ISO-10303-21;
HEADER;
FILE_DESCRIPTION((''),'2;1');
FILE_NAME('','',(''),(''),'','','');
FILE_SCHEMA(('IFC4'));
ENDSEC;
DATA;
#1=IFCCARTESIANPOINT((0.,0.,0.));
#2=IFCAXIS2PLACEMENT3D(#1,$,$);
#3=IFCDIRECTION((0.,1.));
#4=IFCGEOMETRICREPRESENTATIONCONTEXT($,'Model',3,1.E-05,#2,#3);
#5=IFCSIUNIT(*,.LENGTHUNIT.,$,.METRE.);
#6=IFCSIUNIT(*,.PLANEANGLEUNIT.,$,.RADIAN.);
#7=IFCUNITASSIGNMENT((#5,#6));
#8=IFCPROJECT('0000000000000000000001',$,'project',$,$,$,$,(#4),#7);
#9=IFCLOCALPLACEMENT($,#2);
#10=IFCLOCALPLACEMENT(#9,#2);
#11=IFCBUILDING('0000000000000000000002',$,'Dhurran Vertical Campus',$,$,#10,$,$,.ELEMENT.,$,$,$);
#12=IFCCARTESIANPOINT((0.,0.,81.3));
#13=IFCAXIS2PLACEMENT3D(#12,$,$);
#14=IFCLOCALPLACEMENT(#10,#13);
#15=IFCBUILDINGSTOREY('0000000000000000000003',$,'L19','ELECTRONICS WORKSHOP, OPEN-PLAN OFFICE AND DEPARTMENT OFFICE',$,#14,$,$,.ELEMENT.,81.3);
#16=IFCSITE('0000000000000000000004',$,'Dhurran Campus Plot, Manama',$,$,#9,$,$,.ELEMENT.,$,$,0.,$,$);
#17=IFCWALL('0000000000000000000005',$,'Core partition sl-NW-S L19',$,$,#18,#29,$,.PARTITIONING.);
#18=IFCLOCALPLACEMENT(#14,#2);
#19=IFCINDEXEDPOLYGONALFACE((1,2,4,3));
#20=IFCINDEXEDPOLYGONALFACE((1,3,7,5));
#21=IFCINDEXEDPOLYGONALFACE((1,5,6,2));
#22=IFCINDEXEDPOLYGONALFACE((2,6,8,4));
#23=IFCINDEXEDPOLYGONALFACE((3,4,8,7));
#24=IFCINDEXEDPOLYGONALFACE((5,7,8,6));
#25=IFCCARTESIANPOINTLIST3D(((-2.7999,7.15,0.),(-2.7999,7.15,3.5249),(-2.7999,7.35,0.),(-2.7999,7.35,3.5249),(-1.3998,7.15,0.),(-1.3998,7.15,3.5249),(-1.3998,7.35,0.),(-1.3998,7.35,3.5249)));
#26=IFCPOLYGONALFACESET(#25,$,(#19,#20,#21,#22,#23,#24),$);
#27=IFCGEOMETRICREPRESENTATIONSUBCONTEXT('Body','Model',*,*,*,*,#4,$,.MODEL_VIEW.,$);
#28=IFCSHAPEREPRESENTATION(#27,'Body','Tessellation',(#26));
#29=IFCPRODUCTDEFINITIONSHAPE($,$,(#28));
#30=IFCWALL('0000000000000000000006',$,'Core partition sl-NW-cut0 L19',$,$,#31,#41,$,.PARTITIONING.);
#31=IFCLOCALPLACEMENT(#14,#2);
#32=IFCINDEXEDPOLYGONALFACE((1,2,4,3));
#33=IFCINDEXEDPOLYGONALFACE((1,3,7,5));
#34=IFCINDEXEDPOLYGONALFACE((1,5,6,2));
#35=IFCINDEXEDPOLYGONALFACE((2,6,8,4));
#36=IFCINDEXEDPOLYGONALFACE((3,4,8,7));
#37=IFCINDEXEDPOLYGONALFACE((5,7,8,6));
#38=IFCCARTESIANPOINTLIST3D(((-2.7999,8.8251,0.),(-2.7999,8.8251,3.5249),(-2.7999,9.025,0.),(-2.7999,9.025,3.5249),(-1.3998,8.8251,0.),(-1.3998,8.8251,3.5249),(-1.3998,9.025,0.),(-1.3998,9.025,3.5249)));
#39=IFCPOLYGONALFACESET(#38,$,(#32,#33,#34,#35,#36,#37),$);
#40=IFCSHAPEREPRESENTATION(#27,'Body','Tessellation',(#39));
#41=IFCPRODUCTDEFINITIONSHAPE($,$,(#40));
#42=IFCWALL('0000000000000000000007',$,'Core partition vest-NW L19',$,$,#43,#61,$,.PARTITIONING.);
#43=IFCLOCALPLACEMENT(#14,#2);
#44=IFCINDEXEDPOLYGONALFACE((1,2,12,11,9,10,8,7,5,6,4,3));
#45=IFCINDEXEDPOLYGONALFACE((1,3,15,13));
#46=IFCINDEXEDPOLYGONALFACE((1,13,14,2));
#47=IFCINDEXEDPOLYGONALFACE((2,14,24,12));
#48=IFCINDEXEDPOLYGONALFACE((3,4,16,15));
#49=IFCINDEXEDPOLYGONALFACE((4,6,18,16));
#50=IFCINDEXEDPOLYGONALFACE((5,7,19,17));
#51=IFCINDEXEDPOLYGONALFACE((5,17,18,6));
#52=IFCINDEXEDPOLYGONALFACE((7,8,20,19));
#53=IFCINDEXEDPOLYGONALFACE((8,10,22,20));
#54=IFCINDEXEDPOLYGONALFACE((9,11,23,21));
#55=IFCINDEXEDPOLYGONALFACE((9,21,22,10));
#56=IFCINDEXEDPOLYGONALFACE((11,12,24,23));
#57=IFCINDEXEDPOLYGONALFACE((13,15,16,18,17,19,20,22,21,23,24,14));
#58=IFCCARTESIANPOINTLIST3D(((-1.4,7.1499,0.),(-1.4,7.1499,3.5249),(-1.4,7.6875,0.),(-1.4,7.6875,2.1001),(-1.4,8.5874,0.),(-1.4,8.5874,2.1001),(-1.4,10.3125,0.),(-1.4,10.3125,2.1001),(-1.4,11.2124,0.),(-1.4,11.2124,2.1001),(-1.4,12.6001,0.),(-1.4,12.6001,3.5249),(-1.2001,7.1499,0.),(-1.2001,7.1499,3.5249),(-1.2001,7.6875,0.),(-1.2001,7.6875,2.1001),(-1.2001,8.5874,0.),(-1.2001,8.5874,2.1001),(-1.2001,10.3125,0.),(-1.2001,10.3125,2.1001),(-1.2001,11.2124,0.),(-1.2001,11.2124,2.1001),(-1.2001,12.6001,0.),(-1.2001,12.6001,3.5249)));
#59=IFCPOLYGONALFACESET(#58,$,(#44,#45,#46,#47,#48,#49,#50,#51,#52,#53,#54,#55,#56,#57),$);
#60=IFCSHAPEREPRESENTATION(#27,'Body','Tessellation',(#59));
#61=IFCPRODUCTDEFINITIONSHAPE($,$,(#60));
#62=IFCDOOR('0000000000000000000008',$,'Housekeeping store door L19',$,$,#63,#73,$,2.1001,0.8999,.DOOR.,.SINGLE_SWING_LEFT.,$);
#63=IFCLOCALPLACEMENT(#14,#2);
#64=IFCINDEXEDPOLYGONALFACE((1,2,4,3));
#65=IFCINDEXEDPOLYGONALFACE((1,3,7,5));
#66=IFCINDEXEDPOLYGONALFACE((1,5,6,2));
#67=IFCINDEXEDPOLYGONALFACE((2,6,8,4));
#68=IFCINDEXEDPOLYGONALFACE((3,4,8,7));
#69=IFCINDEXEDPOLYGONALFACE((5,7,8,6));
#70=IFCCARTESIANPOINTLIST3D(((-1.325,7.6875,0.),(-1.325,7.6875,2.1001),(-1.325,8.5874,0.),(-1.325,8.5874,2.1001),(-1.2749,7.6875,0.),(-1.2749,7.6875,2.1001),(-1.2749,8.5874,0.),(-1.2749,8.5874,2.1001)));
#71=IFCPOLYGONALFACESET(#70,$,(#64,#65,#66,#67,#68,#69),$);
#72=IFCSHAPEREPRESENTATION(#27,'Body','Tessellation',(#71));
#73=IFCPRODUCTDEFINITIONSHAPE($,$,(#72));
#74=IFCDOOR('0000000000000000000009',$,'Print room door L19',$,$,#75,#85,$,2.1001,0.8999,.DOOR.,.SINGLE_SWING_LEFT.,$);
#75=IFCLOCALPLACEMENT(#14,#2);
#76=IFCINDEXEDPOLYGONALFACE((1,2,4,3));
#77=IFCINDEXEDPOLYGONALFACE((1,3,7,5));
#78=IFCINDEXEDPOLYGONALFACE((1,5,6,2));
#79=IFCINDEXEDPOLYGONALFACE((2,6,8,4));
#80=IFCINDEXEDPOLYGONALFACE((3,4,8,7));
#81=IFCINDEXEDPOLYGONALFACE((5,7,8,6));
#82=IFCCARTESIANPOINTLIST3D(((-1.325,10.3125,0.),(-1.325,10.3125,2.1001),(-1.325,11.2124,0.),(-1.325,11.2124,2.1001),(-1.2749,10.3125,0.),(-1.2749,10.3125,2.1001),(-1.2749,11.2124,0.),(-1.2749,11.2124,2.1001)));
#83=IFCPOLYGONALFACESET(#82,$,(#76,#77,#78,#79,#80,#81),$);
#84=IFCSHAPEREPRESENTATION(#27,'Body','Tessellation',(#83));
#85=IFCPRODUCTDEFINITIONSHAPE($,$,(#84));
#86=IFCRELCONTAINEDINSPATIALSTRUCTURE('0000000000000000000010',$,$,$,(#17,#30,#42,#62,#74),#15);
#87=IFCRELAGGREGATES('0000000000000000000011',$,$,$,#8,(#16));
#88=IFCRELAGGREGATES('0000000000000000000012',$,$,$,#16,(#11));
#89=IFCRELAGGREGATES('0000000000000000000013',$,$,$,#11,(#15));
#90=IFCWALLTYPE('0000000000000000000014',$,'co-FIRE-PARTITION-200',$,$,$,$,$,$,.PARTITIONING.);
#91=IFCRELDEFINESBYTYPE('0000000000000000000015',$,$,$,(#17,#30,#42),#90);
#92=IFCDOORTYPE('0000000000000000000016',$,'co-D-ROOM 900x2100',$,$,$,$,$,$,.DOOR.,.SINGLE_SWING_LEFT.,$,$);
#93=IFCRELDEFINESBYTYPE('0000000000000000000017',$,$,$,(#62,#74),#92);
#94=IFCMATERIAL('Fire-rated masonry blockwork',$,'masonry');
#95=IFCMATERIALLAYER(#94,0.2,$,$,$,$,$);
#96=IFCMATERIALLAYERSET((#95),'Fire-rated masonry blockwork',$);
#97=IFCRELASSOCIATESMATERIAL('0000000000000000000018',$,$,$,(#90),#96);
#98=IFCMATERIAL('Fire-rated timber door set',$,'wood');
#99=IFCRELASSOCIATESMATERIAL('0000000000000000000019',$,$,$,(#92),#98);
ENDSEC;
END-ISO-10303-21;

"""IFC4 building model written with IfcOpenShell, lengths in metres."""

from ifc_helpers import new_model, si_unit, direction, frame, frame_2d, origin, place, context, subcontext, project, spatial, rectangle, extrude, material, layer, layer_set, type_object, element, fill, save


model = new_model("IFC4")

# Units and contexts
model_context = context("Model", 3, precision=1e-05, world=origin(), true_north=direction((0.0, 1.0)))
body_context = subcontext(model_context, "Body", "Model", "MODEL_VIEW")
ifc_project = project(units=[si_unit("LENGTHUNIT", "METRE"), si_unit("PLANEANGLEUNIT", "RADIAN")], contexts=[model_context])

# Site, building, storey
site_placement = place(None, origin())
site = spatial("IfcSite", under=ifc_project, at=site_placement, Name="Dhurran Campus Plot, Manama", CompositionType="ELEMENT", RefElevation=0.0)
building_placement = place(site_placement, origin())
building = spatial("IfcBuilding", under=site, at=building_placement, Name="Dhurran Vertical Campus", CompositionType="ELEMENT")
storey_placement = place(building_placement, frame((0.0, 0.0, 81.3)))
storey = spatial("IfcBuildingStorey", under=building, at=storey_placement, Name="L19", Description="ELECTRONICS WORKSHOP, OPEN-PLAN OFFICE AND DEPARTMENT OFFICE", CompositionType="ELEMENT", Elevation=81.3)

# Walls
ifc_material_1 = material(Name="Fire-rated masonry blockwork", Category="masonry")
ifc_layer_1 = layer(ifc_material_1, 0.2)
ifc_layer_set_1 = layer_set([ifc_layer_1], Name="Fire-rated masonry blockwork")
wall_type_1 = type_object("IfcWallType", Name="co-FIRE-PARTITION-200", PredefinedType="PARTITIONING", material=ifc_layer_set_1)
for number, where, z_axis, x_axis, name in (
    (1, (-2.8, 7.25, 0.0), (0.0, 0.0, 1.0), (1.0, 0.0, 0.0), "Core partition sl-NW-S L19"),
    (2, (-2.8, 8.925, 0.0), (0.0, 0.0, 1.0), (1.0, 0.0, 0.0), "Core partition sl-NW-cut0 L19"),
):
    element("IfcWall", number, at=place(storey_placement, frame(where, z_axis=z_axis, x_axis=x_axis)), inside=storey, type_object=wall_type_1, Name=name, PredefinedType="PARTITIONING", context=body_context, shape_type="SweptSolid", body=[
        extrude(rectangle(XDim=1.4001, YDim=0.2, at=frame_2d((0.7002, 0.0))), origin(), (0.0, 0.0, 1.0), 3.5249),
    ])

# Wall, openings, doors
wall_1_placement = place(storey_placement, frame((-1.3, 7.1499, 0.0), z_axis=(0.0, 0.0, 1.0), x_axis=(0.0, 1.0, 0.0)))
wall_1 = element("IfcWall", 3, at=wall_1_placement, inside=storey, type_object=wall_type_1, Name="Core partition vest-NW L19", PredefinedType="PARTITIONING", context=body_context, shape_type="SweptSolid", body=[
    extrude(rectangle(XDim=5.4502, YDim=0.2, at=frame_2d((2.7251, 0.0))), origin(), (0.0, 0.0, 1.0), 3.5249),
])
opening_1_placement = place(wall_1_placement, frame((0.5376, 0.0, 0.0)))
opening_1 = element("IfcOpeningElement", 4, at=opening_1_placement, cuts=wall_1, PredefinedType="OPENING", context=body_context, shape_type="SweptSolid", body=[
    extrude(rectangle(XDim=0.8999, YDim=2.1001, at=frame_2d((0.45, 1.05))), frame((0.0, 0.1099, 0.0), z_axis=(0.0, -1.0, 0.0), x_axis=(1.0, 0.0, 0.0)), (0.0, 0.0, 1.0), 0.22),
])
opening_2_placement = place(wall_1_placement, frame((3.1626, 0.0, 0.0)))
opening_2 = element("IfcOpeningElement", 5, at=opening_2_placement, cuts=wall_1, PredefinedType="OPENING", context=body_context, shape_type="SweptSolid", body=[
    extrude(rectangle(XDim=0.8999, YDim=2.1001, at=frame_2d((0.45, 1.05))), frame((0.0, 0.1099, 0.0), z_axis=(0.0, -1.0, 0.0), x_axis=(1.0, 0.0, 0.0)), (0.0, 0.0, 1.0), 0.22),
])
ifc_material_2 = material(Name="Fire-rated timber door set", Category="wood")
door_type_1 = type_object("IfcDoorType", Name="co-D-ROOM 900x2100", OperationType="SINGLE_SWING_LEFT", PredefinedType="DOOR", material=ifc_material_2)
door_1_placement = place(opening_1_placement, origin())
door_1 = element("IfcDoor", 6, at=door_1_placement, inside=storey, type_object=door_type_1, Name="Housekeeping store door L19", OperationType="SINGLE_SWING_LEFT", OverallHeight=2.1001, OverallWidth=0.8999, PredefinedType="DOOR", context=body_context, shape_type="SweptSolid", body=[
    extrude(rectangle(XDim=0.8999, YDim=2.1001, at=frame_2d((0.45, 1.05))), frame((0.0, 0.0249, 0.0), z_axis=(0.0, -1.0, 0.0), x_axis=(1.0, 0.0, 0.0)), (0.0, 0.0, 1.0), 0.05),
])
fill(opening_1, door_1)
door_2_placement = place(opening_2_placement, origin())
door_2 = element("IfcDoor", 7, at=door_2_placement, inside=storey, type_object=door_type_1, Name="Print room door L19", OperationType="SINGLE_SWING_LEFT", OverallHeight=2.1001, OverallWidth=0.8999, PredefinedType="DOOR", context=body_context, shape_type="SweptSolid", body=[
    extrude(rectangle(XDim=0.8999, YDim=2.1001, at=frame_2d((0.45, 1.05))), frame((0.0, 0.0249, 0.0), z_axis=(0.0, -1.0, 0.0), x_axis=(1.0, 0.0, 0.0)), (0.0, 0.0, 1.0), 0.05),
])
fill(opening_2, door_2)

save(model, "model.ifc")
